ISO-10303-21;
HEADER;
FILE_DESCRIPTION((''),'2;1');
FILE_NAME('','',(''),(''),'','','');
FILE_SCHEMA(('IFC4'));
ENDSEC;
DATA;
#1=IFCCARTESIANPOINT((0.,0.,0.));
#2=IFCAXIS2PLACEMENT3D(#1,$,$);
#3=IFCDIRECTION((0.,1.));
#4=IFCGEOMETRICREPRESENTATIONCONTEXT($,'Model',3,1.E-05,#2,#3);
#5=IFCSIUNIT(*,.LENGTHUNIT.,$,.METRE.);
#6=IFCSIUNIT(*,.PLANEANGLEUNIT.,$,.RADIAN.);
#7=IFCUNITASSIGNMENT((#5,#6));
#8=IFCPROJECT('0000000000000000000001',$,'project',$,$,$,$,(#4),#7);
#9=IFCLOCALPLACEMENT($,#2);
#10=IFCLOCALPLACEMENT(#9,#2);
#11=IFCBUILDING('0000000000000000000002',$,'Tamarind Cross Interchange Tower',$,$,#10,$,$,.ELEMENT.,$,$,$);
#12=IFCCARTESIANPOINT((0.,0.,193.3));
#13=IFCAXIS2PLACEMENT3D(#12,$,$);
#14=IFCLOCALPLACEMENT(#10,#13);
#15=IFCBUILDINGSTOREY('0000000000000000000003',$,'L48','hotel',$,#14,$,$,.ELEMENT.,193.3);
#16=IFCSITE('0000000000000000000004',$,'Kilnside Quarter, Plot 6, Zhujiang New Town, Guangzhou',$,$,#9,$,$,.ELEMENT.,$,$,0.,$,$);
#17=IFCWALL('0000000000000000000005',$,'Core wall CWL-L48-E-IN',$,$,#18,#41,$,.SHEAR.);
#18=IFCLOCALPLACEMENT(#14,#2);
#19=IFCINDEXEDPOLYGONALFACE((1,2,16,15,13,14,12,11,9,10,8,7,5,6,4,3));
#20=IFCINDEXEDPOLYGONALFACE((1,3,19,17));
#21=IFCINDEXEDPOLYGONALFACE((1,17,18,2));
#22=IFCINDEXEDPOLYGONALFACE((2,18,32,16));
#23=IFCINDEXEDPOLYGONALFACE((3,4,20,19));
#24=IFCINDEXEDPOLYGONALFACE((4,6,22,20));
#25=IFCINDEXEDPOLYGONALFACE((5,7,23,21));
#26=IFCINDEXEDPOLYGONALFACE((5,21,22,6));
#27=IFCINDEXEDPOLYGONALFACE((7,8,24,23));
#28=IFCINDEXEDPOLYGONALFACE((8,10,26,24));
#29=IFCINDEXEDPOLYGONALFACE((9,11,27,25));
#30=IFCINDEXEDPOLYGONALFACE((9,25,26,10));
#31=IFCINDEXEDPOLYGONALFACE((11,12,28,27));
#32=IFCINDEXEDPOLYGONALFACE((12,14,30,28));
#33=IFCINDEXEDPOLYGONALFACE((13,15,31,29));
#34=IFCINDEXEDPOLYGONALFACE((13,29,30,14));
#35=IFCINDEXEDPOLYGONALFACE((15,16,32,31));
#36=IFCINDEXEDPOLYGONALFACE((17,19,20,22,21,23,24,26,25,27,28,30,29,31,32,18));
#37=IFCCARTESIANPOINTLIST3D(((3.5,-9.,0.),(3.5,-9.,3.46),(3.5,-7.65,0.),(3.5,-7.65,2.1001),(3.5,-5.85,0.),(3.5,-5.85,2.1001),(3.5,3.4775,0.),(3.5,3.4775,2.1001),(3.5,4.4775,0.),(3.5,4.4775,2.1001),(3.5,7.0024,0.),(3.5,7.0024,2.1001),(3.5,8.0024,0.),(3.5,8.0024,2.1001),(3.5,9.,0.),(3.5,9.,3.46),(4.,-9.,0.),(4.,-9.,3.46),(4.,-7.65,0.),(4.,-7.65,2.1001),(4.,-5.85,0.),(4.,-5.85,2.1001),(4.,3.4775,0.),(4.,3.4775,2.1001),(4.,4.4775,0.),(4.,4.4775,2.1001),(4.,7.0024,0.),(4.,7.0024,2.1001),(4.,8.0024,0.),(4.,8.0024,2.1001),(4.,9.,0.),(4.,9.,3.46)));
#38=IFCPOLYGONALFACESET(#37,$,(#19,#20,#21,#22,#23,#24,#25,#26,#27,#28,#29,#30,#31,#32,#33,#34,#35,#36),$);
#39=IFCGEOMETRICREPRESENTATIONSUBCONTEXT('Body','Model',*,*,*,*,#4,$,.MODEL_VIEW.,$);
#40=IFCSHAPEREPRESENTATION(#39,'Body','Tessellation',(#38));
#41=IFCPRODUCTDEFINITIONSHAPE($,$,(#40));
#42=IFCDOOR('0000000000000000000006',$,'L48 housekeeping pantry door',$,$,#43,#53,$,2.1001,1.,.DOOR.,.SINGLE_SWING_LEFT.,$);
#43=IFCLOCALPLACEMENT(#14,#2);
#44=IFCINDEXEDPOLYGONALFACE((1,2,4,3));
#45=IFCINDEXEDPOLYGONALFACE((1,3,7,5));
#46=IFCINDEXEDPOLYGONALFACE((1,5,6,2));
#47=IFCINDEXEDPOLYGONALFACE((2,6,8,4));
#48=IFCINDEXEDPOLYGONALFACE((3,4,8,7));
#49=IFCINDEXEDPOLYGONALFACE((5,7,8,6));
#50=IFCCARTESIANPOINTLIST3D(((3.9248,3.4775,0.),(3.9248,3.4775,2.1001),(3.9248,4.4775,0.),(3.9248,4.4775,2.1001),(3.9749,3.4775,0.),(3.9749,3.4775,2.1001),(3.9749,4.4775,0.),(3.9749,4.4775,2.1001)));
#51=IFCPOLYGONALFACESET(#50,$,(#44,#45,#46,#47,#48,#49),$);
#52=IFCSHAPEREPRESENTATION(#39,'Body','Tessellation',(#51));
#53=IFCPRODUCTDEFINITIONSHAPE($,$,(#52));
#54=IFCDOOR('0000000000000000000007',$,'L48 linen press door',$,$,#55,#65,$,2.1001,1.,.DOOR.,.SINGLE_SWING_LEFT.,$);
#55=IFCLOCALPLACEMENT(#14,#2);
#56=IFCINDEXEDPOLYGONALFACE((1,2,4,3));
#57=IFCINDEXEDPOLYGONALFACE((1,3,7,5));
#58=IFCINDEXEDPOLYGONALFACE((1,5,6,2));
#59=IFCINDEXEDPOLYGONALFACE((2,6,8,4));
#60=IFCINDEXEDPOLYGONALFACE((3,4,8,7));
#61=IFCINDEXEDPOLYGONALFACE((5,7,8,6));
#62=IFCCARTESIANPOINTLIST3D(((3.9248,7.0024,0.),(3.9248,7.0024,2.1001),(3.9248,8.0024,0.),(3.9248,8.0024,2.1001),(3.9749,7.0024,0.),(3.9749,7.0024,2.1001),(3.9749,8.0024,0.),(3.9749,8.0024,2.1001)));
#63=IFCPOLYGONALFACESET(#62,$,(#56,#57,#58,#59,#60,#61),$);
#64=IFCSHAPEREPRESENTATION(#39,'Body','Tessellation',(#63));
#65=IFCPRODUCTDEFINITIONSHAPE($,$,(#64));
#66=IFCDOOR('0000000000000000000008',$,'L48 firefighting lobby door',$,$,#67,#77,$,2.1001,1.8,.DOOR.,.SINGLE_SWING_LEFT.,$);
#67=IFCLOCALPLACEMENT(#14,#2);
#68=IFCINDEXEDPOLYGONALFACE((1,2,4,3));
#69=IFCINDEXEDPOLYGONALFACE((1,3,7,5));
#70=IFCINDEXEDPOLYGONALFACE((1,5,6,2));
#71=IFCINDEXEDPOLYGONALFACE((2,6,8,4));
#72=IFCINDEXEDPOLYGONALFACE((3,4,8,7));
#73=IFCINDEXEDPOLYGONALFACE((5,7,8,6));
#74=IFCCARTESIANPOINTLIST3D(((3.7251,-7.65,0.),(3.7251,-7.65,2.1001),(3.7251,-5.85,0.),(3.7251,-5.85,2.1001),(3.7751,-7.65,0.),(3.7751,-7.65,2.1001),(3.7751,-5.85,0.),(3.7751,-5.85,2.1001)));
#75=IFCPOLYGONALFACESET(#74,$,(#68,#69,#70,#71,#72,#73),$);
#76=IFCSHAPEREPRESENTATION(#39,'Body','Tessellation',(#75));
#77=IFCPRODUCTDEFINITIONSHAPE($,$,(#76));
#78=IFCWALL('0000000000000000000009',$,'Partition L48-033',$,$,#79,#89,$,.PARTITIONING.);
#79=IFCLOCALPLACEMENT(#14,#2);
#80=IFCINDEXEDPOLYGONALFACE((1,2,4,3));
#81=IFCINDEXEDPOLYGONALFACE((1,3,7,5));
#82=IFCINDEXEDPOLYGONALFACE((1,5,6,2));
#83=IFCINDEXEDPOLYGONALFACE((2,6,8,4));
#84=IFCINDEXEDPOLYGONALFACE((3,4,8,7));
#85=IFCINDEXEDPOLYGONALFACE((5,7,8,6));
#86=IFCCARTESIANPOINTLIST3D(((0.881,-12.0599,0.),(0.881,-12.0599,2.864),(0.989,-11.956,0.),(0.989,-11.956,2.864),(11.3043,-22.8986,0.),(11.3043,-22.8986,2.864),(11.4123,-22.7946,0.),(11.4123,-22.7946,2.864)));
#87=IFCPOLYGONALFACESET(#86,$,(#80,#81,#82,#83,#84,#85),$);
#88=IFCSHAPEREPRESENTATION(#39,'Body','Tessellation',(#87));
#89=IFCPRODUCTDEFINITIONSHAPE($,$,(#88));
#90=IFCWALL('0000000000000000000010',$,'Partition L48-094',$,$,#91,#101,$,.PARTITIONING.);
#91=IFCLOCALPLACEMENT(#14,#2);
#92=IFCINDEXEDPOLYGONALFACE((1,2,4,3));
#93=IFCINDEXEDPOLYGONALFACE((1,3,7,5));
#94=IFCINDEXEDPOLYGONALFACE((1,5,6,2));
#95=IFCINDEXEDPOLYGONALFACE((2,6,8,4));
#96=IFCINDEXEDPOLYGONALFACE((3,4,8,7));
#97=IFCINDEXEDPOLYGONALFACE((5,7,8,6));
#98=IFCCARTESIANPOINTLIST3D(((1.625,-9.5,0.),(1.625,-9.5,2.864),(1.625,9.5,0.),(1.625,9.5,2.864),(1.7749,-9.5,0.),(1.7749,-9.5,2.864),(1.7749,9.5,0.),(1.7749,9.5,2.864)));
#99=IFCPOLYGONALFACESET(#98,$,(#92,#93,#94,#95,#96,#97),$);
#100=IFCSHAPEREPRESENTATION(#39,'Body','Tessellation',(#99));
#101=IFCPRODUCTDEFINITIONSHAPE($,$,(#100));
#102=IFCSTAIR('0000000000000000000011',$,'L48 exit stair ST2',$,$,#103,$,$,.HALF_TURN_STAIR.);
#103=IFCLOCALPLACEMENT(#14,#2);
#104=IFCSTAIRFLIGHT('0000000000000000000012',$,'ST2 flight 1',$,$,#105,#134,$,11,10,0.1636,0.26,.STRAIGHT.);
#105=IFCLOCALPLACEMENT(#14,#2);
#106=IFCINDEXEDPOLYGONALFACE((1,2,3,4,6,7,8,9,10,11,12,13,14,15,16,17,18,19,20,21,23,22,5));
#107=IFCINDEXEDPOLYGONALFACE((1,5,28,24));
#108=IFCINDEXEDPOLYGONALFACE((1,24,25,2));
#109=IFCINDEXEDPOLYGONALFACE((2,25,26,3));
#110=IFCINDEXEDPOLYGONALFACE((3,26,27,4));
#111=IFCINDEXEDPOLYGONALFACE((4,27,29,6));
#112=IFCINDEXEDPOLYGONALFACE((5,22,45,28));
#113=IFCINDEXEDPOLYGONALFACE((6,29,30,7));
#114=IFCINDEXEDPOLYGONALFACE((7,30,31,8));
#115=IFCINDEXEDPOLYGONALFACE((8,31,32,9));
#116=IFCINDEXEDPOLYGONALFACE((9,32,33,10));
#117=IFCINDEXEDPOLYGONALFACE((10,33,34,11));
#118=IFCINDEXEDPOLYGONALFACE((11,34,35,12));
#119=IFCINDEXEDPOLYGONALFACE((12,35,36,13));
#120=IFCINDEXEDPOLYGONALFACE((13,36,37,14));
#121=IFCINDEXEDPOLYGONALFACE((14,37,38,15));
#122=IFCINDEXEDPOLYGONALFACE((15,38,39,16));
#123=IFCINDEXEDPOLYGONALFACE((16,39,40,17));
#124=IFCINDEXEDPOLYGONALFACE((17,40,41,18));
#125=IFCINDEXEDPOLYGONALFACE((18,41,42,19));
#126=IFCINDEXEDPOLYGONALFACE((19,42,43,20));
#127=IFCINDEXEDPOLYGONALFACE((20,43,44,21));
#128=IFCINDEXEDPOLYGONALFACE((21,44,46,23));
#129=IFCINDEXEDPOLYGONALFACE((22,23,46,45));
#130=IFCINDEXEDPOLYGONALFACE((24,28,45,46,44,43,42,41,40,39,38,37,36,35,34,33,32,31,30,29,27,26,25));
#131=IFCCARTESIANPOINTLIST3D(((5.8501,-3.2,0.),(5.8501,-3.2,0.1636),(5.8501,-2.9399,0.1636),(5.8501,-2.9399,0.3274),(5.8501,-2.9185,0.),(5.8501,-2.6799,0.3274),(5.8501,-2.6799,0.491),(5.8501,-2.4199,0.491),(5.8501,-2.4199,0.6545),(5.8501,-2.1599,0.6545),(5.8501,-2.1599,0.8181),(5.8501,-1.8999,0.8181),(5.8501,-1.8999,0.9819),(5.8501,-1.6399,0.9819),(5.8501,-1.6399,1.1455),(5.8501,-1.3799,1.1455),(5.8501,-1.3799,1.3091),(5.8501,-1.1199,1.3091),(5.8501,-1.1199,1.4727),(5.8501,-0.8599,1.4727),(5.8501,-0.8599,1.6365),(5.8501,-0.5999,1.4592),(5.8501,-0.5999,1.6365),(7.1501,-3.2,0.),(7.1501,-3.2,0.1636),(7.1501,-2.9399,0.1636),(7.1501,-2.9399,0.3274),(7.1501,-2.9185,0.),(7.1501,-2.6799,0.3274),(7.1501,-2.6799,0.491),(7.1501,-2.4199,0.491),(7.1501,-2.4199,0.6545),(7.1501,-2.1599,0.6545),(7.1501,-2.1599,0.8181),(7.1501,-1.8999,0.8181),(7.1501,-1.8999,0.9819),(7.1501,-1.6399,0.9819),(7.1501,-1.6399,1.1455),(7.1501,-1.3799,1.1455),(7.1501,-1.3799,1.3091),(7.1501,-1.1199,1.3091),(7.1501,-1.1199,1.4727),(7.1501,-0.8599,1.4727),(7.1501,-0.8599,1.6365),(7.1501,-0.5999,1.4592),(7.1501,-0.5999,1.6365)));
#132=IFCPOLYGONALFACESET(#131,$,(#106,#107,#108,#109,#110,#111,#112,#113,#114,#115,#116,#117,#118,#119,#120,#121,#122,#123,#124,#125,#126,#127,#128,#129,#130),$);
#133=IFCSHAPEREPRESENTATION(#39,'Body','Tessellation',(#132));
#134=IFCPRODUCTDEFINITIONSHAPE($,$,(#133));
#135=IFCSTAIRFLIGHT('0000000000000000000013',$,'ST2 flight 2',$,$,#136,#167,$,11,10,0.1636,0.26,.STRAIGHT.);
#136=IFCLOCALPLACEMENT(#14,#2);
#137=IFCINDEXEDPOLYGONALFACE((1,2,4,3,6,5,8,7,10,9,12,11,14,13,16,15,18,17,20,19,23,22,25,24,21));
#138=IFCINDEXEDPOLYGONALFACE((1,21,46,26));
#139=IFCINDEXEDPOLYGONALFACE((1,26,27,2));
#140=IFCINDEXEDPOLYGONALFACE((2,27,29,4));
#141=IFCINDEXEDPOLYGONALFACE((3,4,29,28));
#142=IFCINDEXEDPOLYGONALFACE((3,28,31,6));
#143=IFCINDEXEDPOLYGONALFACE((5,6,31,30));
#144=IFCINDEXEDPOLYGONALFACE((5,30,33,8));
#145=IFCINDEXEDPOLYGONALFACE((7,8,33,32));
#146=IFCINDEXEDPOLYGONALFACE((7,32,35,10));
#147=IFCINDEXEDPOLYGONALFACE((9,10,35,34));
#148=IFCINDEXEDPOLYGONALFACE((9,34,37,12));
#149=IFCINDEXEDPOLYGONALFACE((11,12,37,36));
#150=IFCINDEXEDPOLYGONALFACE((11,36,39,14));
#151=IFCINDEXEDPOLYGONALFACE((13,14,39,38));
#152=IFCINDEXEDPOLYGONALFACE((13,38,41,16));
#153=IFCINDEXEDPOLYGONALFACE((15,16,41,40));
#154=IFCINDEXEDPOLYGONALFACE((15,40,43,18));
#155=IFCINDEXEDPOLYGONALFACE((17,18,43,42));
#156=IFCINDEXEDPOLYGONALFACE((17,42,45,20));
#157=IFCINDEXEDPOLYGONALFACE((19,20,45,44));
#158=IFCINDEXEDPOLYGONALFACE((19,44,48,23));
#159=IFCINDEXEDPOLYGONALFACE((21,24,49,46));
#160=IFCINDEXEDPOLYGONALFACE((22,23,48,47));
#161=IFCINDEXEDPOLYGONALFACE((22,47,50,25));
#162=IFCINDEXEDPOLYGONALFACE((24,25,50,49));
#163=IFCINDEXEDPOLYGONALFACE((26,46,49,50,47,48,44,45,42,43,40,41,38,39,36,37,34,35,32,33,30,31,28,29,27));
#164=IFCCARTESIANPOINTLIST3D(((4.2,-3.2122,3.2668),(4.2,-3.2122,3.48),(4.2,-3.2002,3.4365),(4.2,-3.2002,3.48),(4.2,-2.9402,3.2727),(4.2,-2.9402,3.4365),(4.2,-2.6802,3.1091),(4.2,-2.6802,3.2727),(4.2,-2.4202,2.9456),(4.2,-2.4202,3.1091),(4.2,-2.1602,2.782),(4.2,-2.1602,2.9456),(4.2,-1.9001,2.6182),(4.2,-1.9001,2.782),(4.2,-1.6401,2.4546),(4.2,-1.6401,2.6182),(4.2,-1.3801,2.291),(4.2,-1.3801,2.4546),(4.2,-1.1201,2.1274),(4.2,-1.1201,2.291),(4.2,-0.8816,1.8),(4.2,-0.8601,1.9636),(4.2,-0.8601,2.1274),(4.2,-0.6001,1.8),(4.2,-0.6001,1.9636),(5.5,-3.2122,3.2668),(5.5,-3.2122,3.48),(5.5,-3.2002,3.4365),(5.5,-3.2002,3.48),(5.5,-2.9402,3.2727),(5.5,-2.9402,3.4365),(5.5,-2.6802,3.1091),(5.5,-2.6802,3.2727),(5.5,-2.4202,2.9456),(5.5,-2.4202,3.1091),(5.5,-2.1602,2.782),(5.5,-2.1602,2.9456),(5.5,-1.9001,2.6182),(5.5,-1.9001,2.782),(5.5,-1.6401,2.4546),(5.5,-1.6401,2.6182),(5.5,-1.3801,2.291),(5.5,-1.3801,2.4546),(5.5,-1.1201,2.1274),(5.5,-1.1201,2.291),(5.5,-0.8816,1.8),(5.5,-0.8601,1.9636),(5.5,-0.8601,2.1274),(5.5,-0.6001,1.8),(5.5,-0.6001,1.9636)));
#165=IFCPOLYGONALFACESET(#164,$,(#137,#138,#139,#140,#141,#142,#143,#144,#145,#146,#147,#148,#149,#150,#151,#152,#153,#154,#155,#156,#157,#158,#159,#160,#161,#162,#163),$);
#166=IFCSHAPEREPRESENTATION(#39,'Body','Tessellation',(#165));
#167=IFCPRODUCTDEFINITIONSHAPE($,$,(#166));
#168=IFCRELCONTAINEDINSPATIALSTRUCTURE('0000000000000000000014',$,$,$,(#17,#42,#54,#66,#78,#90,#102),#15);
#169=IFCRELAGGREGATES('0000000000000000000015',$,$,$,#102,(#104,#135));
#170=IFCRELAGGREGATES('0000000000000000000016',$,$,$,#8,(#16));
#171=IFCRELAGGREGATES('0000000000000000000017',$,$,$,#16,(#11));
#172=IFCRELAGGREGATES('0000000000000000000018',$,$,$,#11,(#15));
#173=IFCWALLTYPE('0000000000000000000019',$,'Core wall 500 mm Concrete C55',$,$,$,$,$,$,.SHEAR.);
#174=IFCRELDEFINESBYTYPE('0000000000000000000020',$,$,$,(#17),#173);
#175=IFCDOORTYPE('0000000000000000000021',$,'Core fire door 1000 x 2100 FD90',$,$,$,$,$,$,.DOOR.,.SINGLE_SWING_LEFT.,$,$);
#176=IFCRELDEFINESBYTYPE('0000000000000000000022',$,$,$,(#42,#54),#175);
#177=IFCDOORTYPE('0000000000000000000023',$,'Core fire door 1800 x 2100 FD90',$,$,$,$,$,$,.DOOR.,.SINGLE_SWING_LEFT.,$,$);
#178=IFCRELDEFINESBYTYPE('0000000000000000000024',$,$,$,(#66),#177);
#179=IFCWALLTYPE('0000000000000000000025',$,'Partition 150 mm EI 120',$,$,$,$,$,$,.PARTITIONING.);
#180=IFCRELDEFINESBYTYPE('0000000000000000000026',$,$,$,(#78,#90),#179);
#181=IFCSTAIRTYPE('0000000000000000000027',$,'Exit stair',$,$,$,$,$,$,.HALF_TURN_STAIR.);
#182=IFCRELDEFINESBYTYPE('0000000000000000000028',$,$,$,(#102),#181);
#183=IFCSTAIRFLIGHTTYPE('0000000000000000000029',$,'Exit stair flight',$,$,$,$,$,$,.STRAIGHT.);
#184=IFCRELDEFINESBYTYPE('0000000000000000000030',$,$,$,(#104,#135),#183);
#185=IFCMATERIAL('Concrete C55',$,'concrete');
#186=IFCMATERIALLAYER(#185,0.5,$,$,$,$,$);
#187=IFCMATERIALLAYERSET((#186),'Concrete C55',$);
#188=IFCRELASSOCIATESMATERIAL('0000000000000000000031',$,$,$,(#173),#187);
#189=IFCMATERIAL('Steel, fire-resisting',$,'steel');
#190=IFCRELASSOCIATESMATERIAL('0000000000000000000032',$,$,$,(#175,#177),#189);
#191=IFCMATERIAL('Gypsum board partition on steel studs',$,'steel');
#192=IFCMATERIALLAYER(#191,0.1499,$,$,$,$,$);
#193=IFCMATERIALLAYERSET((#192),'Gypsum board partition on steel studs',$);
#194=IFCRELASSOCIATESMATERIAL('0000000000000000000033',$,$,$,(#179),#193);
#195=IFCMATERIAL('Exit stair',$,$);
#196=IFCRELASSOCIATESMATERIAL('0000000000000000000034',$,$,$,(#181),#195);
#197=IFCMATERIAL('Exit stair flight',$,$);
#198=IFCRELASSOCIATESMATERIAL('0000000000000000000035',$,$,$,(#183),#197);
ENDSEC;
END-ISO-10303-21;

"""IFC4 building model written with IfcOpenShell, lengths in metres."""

from ifc_helpers import new_model, si_unit, direction, frame, frame_2d, origin, place, context, subcontext, project, spatial, polyline, rectangle, outline, extrude, material, layer, layer_set, type_object, element, fill, aggregate, save


model = new_model("IFC4")

# Units and contexts
model_context = context("Model", 3, precision=1e-05, world=origin(), true_north=direction((0.0, 1.0)))
body_context = subcontext(model_context, "Body", "Model", "MODEL_VIEW")
ifc_project = project(units=[si_unit("LENGTHUNIT", "METRE"), si_unit("PLANEANGLEUNIT", "RADIAN")], contexts=[model_context])

# Site, building, storey
site_placement = place(None, origin())
site = spatial("IfcSite", under=ifc_project, at=site_placement, Name="Kilnside Quarter, Plot 6, Zhujiang New Town, Guangzhou", CompositionType="ELEMENT", RefElevation=0.0)
building_placement = place(site_placement, origin())
building = spatial("IfcBuilding", under=site, at=building_placement, Name="Tamarind Cross Interchange Tower", CompositionType="ELEMENT")
storey_placement = place(building_placement, frame((0.0, 0.0, 193.3)))
storey = spatial("IfcBuildingStorey", under=building, at=storey_placement, Name="L48", Description="hotel", CompositionType="ELEMENT", Elevation=193.3)

# Wall, openings, doors
ifc_material_1 = material(Name="Concrete C55", Category="concrete")
ifc_layer_1 = layer(ifc_material_1, 0.5)
ifc_layer_set_1 = layer_set([ifc_layer_1], Name="Concrete C55")
wall_type_1 = type_object("IfcWallType", Name="Core wall 500 mm Concrete C55", PredefinedType="SHEAR", material=ifc_layer_set_1)
wall_1_placement = place(storey_placement, frame((3.75, -9.0, 0.0), z_axis=(0.0, 0.0, 1.0), x_axis=(0.0, 1.0, 0.0)))
wall_1 = element("IfcWall", 1, at=wall_1_placement, inside=storey, type_object=wall_type_1, Name="Core wall CWL-L48-E-IN", PredefinedType="SHEAR", context=body_context, shape_type="SweptSolid", body=[
    extrude(rectangle(XDim=18.0, YDim=0.5, at=frame_2d((9.0, 0.0))), origin(), (0.0, 0.0, 1.0), 3.46),
])
opening_1_placement = place(wall_1_placement, frame((1.3501, 0.0, 0.0)))
opening_1 = element("IfcOpeningElement", 2, at=opening_1_placement, cuts=wall_1, PredefinedType="OPENING", context=body_context, shape_type="SweptSolid", body=[
    extrude(rectangle(XDim=1.8, YDim=2.1001, at=frame_2d((0.8999, 1.05))), frame((0.0, 0.26, 0.0), z_axis=(0.0, -1.0, 0.0), x_axis=(1.0, 0.0, 0.0)), (0.0, 0.0, 1.0), 0.52),
])
opening_2_placement = place(wall_1_placement, frame((12.4775, 0.0, 0.0)))
opening_2 = element("IfcOpeningElement", 3, at=opening_2_placement, cuts=wall_1, PredefinedType="OPENING", context=body_context, shape_type="SweptSolid", body=[
    extrude(rectangle(XDim=1.0, YDim=2.1001, at=frame_2d((0.5, 1.05))), frame((0.0, 0.26, 0.0), z_axis=(0.0, -1.0, 0.0), x_axis=(1.0, 0.0, 0.0)), (0.0, 0.0, 1.0), 0.52),
])
opening_3_placement = place(wall_1_placement, frame((16.0024, 0.0, 0.0)))
opening_3 = element("IfcOpeningElement", 4, at=opening_3_placement, cuts=wall_1, PredefinedType="OPENING", context=body_context, shape_type="SweptSolid", body=[
    extrude(rectangle(XDim=1.0, YDim=2.1001, at=frame_2d((0.5, 1.05))), frame((0.0, 0.26, 0.0), z_axis=(0.0, -1.0, 0.0), x_axis=(1.0, 0.0, 0.0)), (0.0, 0.0, 1.0), 0.52),
])
ifc_material_2 = material(Name="Steel, fire-resisting", Category="steel")
door_type_1 = type_object("IfcDoorType", Name="Core fire door 1000 x 2100 FD90", OperationType="SINGLE_SWING_LEFT", PredefinedType="DOOR", material=ifc_material_2)
door_1_placement = place(opening_2_placement, origin())
door_1 = element("IfcDoor", 5, at=door_1_placement, inside=storey, type_object=door_type_1, Name="L48 housekeeping pantry door", OperationType="SINGLE_SWING_LEFT", OverallHeight=2.1001, OverallWidth=1.0, PredefinedType="DOOR", context=body_context, shape_type="SweptSolid", body=[
    extrude(rectangle(XDim=1.0, YDim=2.1001, at=frame_2d((0.5, 1.05))), frame((0.0, -0.1748, 0.0), z_axis=(0.0, -1.0, 0.0), x_axis=(1.0, 0.0, 0.0)), (0.0, 0.0, 1.0), 0.05),
])
fill(opening_2, door_1)
door_2_placement = place(opening_3_placement, origin())
door_2 = element("IfcDoor", 6, at=door_2_placement, inside=storey, type_object=door_type_1, Name="L48 linen press door", OperationType="SINGLE_SWING_LEFT", OverallHeight=2.1001, OverallWidth=1.0, PredefinedType="DOOR", context=body_context, shape_type="SweptSolid", body=[
    extrude(rectangle(XDim=1.0, YDim=2.1001, at=frame_2d((0.5, 1.05))), frame((0.0, -0.1748, 0.0), z_axis=(0.0, -1.0, 0.0), x_axis=(1.0, 0.0, 0.0)), (0.0, 0.0, 1.0), 0.05),
])
fill(opening_3, door_2)
door_type_2 = type_object("IfcDoorType", Name="Core fire door 1800 x 2100 FD90", OperationType="SINGLE_SWING_LEFT", PredefinedType="DOOR", material=ifc_material_2)
door_3_placement = place(opening_1_placement, origin())
door_3 = element("IfcDoor", 7, at=door_3_placement, inside=storey, type_object=door_type_2, Name="L48 firefighting lobby door", OperationType="SINGLE_SWING_LEFT", OverallHeight=2.1001, OverallWidth=1.8, PredefinedType="DOOR", context=body_context, shape_type="SweptSolid", body=[
    extrude(rectangle(XDim=1.8, YDim=2.1001, at=frame_2d((0.8999, 1.05))), frame((0.0, 0.0249, 0.0), z_axis=(0.0, -1.0, 0.0), x_axis=(1.0, 0.0, 0.0)), (0.0, 0.0, 1.0), 0.05),
])
fill(opening_1, door_3)

# Walls
ifc_material_3 = material(Name="Gypsum board partition on steel studs", Category="steel")
ifc_layer_2 = layer(ifc_material_3, 0.1499)
ifc_layer_set_2 = layer_set([ifc_layer_2], Name="Gypsum board partition on steel studs")
wall_type_2 = type_object("IfcWallType", Name="Partition 150 mm EI 120", PredefinedType="PARTITIONING", material=ifc_layer_set_2)
wall_2_placement = place(storey_placement, frame((0.9351, -12.0081, 0.0), z_axis=(0.0, 0.0, 1.0), x_axis=(0.693164, -0.72078, 0.0)))
element("IfcWall", 8, at=wall_2_placement, inside=storey, type_object=wall_type_2, Name="Partition L48-033", PredefinedType="PARTITIONING", context=body_context, shape_type="SweptSolid", body=[
    extrude(rectangle(XDim=15.0374, YDim=0.1499, at=frame_2d((7.5186, 0.0))), origin(), (0.0, 0.0, 1.0), 2.864),
])
wall_3_placement = place(storey_placement, frame((1.7, -9.5, 0.0), z_axis=(0.0, 0.0, 1.0), x_axis=(0.0, 1.0, 0.0)))
element("IfcWall", 9, at=wall_3_placement, inside=storey, type_object=wall_type_2, Name="Partition L48-094", PredefinedType="PARTITIONING", context=body_context, shape_type="SweptSolid", body=[
    extrude(rectangle(XDim=19.0, YDim=0.1499, at=frame_2d((9.5, 0.0))), origin(), (0.0, 0.0, 1.0), 2.864),
])

# Stair, stair flights
ifc_material_4 = material(Name="Exit stair")
stair_type = type_object("IfcStairType", Name="Exit stair", PredefinedType="HALF_TURN_STAIR", material=ifc_material_4)
stair_placement = place(storey_placement, origin())
stair = element("IfcStair", 10, at=stair_placement, inside=storey, type_object=stair_type, Name="L48 exit stair ST2", PredefinedType="HALF_TURN_STAIR")
ifc_material_5 = material(Name="Exit stair flight")
stair_flight_type = type_object("IfcStairFlightType", Name="Exit stair flight", PredefinedType="STRAIGHT", material=ifc_material_5)
stair_flight_1_placement = place(storey_placement, frame((6.5, -3.2, 0.0), z_axis=(0.0, 0.0, 1.0), x_axis=(0.0, 1.0, 0.0)))
stair_flight_1 = element("IfcStairFlight", 11, at=stair_flight_1_placement, type_object=stair_flight_type, Name="ST2 flight 1", NumberOfRisers=11, NumberOfTreads=10, PredefinedType="STRAIGHT", RiserHeight=0.1636, TreadLength=0.26, context=body_context, shape_type="SweptSolid", body=[
    extrude(outline(polyline([(0.0, 0.0), (0.0, 0.1636), (0.26, 0.1636), (0.26, 0.3274), (0.52, 0.3274), (0.52, 0.491), (0.78, 0.491), (0.78, 0.6545), (1.04, 0.6545), (1.04, 0.8181), (1.3, 0.8181), (1.3, 0.9819), (1.5601, 0.9819), (1.5601, 1.1455), (1.8201, 1.1455), (1.8201, 1.3091), (2.0801, 1.3091), (2.0801, 1.4727), (2.3401, 1.4727), (2.3401, 1.6365), (2.6001, 1.6365), (2.6001, 1.8), (2.6001, 1.4592), (0.2815, 0.0), (0.0, 0.0)])), frame((0.0, 0.6499, 0.0), z_axis=(0.0, -1.0, 0.0), x_axis=(1.0, 0.0, 0.0)), (0.0, 0.0, 1.0), 1.3),
])
stair_flight_2_placement = place(storey_placement, frame((4.8501, -0.6001, 1.8), z_axis=(0.0, 0.0, 1.0), x_axis=(0.0, -1.0, 0.0)))
stair_flight_2 = element("IfcStairFlight", 12, at=stair_flight_2_placement, type_object=stair_flight_type, Name="ST2 flight 2", NumberOfRisers=11, NumberOfTreads=10, PredefinedType="STRAIGHT", RiserHeight=0.1636, TreadLength=0.26, context=body_context, shape_type="SweptSolid", body=[
    extrude(outline(polyline([(0.0, 0.0), (0.0, 0.1636), (0.26, 0.1636), (0.26, 0.3274), (0.52, 0.3274), (0.52, 0.491), (0.78, 0.491), (0.78, 0.6545), (1.04, 0.6545), (1.04, 0.8181), (1.3, 0.8181), (1.3, 0.9819), (1.5601, 0.9819), (1.5601, 1.1455), (1.8201, 1.1455), (1.8201, 1.3091), (2.0801, 1.3091), (2.0801, 1.4727), (2.3401, 1.4727), (2.3401, 1.6365), (2.6001, 1.6365), (2.6001, 1.6799), (2.6121, 1.6799), (2.6121, 1.4668), (0.2815, 0.0), (0.0, 0.0)])), frame((0.0, 0.6499, 0.0), z_axis=(0.0, -1.0, 0.0), x_axis=(1.0, 0.0, 0.0)), (0.0, 0.0, 1.0), 1.3),
])
aggregate(stair, [stair_flight_1, stair_flight_2])

save(model, "model.ifc")
